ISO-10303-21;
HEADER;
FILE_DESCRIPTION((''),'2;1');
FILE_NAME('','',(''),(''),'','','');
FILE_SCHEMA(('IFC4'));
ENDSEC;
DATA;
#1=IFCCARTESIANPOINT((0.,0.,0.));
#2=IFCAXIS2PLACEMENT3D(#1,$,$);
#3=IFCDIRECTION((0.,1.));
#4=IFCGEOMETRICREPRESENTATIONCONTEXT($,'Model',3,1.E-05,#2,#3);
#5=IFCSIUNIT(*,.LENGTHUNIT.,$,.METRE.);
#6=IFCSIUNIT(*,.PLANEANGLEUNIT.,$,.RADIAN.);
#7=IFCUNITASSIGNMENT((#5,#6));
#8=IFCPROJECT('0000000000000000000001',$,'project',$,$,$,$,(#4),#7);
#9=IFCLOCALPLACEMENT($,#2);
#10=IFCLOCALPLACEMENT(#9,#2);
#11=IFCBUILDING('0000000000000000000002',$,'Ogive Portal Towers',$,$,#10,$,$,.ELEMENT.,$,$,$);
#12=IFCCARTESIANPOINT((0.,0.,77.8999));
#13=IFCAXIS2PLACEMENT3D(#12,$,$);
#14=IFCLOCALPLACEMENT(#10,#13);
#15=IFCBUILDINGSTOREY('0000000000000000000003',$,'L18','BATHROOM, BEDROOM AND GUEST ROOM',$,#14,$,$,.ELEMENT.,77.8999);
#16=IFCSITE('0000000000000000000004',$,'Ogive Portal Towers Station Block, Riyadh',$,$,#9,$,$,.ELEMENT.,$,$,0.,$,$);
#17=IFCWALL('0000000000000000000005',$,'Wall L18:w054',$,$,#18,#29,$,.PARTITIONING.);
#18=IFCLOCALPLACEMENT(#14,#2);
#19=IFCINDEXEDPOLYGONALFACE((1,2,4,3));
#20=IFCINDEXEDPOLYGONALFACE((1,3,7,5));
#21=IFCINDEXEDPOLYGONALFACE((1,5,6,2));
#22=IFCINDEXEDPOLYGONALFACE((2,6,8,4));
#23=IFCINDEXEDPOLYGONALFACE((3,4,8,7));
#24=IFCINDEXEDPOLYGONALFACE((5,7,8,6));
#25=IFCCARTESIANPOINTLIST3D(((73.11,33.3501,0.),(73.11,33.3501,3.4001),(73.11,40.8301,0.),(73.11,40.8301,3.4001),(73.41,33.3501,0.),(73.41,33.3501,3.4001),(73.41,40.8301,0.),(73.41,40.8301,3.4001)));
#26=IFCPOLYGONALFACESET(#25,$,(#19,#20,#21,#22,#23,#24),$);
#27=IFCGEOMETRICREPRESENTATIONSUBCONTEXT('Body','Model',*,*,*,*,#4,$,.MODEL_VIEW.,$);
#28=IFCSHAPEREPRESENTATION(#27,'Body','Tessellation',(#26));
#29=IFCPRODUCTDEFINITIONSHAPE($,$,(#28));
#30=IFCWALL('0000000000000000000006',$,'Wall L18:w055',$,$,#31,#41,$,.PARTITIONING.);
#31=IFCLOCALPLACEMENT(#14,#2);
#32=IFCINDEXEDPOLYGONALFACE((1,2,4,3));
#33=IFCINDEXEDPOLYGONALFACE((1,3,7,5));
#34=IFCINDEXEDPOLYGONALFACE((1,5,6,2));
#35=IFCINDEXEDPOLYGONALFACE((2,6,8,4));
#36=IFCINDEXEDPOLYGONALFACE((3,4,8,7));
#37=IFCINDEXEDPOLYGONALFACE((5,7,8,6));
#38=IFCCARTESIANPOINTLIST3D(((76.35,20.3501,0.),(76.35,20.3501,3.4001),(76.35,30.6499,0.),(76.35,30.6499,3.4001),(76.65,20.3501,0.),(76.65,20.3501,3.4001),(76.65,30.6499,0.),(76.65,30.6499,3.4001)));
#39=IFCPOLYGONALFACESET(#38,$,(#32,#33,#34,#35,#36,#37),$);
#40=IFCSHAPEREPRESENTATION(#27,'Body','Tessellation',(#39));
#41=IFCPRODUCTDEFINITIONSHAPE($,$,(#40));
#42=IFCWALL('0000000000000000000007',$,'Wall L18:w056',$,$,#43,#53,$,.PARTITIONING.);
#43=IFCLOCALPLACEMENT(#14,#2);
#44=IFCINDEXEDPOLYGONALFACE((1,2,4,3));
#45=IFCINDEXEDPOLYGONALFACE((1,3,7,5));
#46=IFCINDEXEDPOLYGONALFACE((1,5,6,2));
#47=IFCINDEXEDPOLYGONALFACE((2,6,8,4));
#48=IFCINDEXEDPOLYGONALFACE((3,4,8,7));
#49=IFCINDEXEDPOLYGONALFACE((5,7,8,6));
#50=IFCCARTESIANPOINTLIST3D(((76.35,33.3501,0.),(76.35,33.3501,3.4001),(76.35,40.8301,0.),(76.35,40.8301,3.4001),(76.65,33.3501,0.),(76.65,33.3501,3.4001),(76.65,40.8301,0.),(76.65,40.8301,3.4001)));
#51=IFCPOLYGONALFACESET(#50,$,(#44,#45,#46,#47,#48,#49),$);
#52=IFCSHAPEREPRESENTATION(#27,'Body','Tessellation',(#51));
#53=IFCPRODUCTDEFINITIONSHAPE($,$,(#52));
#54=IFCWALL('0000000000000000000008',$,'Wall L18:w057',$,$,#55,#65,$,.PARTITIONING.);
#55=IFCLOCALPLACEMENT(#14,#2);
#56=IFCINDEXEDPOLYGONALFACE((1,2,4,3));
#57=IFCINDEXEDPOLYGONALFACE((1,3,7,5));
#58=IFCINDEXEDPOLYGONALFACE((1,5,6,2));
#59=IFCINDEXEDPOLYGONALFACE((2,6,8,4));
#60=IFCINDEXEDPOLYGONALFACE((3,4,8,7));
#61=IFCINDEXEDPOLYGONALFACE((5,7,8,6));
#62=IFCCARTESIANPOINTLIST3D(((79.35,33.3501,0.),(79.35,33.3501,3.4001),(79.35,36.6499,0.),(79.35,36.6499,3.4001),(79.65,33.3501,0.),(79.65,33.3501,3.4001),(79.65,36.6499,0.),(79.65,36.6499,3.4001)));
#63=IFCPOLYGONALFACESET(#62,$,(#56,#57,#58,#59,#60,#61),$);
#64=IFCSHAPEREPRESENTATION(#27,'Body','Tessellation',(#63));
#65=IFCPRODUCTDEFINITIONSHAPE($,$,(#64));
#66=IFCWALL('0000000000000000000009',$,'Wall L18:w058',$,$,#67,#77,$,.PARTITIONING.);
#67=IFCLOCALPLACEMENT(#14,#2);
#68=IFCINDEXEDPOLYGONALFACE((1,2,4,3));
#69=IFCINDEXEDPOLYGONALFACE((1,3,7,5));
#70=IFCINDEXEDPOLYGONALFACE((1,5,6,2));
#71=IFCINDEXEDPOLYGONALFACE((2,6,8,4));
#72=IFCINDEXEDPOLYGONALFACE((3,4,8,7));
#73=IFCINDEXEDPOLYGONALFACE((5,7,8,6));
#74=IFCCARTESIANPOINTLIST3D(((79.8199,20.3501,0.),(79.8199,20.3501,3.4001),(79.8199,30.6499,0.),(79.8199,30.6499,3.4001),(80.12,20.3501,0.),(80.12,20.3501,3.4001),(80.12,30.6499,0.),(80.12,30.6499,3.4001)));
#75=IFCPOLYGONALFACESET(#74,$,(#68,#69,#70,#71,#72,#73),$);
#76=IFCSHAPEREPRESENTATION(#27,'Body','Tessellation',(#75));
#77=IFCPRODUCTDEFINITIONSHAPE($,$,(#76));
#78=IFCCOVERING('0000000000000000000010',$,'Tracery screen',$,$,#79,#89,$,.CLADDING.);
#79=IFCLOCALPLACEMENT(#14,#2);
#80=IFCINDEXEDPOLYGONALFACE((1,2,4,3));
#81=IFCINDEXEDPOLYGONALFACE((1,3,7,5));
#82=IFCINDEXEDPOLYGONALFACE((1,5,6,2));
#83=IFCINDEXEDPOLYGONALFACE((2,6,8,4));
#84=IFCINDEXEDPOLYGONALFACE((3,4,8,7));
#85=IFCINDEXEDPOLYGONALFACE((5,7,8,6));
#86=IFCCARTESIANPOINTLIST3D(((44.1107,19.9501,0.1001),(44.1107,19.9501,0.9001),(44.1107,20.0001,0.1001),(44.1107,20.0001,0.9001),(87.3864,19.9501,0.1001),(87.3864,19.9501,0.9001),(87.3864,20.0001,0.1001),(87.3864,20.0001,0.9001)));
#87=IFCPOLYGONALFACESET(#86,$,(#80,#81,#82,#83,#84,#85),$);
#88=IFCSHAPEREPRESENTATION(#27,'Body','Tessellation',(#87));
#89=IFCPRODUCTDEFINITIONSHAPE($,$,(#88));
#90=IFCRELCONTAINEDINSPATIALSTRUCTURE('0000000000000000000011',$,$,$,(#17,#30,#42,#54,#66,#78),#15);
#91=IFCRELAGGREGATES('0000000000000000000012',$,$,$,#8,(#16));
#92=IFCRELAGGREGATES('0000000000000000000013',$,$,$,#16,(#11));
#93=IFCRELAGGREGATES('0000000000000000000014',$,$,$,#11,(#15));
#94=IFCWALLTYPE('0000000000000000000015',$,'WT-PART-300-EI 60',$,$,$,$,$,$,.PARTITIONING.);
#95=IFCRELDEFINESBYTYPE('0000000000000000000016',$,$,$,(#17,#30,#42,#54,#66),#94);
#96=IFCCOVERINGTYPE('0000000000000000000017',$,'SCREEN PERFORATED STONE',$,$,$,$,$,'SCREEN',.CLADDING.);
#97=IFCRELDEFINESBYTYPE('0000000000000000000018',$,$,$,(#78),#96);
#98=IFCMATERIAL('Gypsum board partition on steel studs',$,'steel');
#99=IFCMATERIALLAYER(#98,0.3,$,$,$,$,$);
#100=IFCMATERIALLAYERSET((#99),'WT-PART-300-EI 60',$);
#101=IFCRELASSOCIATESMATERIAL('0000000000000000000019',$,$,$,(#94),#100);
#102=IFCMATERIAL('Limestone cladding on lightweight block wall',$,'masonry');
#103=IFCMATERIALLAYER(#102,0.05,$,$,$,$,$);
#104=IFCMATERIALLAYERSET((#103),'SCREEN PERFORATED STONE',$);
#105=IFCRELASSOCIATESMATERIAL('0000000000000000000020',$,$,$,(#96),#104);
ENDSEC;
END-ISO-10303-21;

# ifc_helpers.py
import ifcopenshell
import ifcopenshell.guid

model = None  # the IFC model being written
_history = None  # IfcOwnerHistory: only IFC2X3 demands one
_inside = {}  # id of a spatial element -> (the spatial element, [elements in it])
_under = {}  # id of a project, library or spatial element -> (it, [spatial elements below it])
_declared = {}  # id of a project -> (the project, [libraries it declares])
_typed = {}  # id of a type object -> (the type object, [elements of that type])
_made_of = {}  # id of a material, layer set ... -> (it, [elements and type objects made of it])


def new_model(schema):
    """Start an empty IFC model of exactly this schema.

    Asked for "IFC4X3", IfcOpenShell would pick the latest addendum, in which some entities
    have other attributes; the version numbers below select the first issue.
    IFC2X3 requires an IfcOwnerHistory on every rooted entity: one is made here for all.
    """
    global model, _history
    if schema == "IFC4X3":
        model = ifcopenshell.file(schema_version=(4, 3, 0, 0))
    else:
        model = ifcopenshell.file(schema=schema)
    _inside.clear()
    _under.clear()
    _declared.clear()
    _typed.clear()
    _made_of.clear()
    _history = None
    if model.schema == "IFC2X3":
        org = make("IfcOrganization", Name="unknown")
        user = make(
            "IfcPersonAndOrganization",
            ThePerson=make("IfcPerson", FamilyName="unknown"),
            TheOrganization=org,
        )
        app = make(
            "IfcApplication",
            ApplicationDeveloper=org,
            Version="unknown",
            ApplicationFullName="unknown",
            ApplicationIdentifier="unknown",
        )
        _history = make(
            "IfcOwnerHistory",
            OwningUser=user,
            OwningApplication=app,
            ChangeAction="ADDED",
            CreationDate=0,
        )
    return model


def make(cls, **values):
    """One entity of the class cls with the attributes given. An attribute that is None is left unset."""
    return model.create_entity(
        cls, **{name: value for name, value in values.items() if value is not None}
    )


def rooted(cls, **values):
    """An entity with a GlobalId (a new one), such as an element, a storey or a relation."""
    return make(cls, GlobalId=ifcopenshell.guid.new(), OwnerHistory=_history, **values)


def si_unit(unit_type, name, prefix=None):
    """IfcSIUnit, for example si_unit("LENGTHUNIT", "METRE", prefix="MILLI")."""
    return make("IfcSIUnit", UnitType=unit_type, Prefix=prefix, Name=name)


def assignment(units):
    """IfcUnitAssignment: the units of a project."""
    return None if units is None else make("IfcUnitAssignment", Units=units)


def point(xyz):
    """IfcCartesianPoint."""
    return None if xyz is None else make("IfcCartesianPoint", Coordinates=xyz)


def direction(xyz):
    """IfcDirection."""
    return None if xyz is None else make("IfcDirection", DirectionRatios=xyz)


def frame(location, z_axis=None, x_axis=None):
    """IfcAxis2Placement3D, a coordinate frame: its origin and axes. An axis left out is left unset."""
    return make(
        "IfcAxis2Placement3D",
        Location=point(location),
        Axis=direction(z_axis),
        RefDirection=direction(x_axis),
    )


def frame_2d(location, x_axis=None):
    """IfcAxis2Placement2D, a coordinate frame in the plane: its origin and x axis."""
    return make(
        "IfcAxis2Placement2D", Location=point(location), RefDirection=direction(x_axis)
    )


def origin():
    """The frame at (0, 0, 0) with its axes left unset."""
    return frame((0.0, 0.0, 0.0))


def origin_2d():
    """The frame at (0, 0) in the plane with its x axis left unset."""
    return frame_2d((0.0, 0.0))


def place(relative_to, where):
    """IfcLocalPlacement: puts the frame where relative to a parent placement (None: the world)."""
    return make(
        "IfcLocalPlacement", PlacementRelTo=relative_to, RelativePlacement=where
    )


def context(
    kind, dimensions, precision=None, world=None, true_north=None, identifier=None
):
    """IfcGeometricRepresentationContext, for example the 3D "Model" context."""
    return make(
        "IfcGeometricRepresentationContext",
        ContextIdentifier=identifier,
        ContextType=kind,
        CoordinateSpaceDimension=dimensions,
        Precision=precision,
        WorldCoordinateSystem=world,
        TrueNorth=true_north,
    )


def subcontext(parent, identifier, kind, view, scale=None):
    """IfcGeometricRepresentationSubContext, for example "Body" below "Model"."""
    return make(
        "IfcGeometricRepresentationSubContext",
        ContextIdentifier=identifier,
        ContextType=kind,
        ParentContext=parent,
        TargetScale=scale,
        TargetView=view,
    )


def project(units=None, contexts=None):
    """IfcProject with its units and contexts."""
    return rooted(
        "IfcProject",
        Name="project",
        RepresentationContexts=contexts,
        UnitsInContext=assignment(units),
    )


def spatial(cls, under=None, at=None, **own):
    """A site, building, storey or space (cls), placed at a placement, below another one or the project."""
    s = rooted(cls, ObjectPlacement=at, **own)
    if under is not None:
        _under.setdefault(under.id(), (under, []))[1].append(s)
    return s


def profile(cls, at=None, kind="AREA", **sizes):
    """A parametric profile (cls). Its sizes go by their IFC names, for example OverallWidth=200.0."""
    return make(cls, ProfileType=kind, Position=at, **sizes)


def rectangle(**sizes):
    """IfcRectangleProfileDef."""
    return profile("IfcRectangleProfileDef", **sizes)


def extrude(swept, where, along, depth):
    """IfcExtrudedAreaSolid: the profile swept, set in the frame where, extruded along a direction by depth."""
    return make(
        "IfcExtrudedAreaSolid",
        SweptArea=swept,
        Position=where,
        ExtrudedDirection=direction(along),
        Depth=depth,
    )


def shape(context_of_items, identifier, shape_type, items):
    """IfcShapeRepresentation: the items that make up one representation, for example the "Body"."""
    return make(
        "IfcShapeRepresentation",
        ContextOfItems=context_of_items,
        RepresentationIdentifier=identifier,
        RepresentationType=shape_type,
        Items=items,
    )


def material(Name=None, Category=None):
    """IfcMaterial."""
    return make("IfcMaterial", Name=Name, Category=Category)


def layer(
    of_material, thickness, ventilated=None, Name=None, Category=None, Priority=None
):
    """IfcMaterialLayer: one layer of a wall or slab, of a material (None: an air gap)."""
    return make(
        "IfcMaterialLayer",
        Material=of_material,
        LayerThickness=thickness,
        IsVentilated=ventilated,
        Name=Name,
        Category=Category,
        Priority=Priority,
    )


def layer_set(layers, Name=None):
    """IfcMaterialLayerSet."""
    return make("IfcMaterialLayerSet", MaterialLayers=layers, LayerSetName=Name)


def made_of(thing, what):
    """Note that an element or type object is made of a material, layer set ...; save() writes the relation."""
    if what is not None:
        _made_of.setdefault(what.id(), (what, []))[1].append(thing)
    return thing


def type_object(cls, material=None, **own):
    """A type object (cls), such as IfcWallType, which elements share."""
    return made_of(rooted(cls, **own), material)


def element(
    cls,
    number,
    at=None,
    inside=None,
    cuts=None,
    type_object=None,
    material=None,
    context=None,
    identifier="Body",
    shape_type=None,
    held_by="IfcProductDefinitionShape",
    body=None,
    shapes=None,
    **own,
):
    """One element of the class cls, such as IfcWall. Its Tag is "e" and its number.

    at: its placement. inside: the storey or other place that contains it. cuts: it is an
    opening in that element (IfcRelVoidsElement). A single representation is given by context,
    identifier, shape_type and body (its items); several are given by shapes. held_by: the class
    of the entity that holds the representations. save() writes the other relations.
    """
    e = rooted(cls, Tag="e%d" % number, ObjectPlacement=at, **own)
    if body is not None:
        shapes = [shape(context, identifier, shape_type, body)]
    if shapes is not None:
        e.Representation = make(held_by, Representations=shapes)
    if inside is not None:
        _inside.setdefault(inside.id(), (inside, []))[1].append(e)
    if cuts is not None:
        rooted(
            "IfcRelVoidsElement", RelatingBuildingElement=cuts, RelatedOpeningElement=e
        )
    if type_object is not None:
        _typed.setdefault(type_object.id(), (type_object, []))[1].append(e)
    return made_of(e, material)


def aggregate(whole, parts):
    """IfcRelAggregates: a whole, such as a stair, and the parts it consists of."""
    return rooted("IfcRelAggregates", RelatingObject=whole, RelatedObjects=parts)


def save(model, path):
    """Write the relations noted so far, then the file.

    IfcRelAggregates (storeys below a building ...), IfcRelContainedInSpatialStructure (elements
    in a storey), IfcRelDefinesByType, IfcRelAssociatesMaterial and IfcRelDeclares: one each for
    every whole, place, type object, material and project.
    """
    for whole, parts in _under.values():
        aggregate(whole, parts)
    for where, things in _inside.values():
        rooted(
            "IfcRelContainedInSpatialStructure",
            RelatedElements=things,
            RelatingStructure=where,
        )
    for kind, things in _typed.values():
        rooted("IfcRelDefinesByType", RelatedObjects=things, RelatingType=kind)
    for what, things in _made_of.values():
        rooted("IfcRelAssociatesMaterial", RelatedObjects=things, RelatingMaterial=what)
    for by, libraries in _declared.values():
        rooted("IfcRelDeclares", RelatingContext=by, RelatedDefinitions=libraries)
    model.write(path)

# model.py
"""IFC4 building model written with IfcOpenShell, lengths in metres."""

from ifc_helpers import new_model, si_unit, direction, frame, frame_2d, origin, origin_2d, place, context, subcontext, project, spatial, rectangle, extrude, material, layer, layer_set, type_object, element, save


model = new_model("IFC4")

# Units and contexts
model_context = context("Model", 3, precision=1e-05, world=origin(), true_north=direction((0.0, 1.0)))
body_context = subcontext(model_context, "Body", "Model", "MODEL_VIEW")
ifc_project = project(units=[si_unit("LENGTHUNIT", "METRE"), si_unit("PLANEANGLEUNIT", "RADIAN")], contexts=[model_context])

# Site, building, storey
site_placement = place(None, origin())
site = spatial("IfcSite", under=ifc_project, at=site_placement, Name="Ogive Portal Towers Station Block, Riyadh", CompositionType="ELEMENT", RefElevation=0.0)
building_placement = place(site_placement, origin())
building = spatial("IfcBuilding", under=site, at=building_placement, Name="Ogive Portal Towers", CompositionType="ELEMENT")
storey_placement = place(building_placement, frame((0.0, 0.0, 77.8999)))
storey = spatial("IfcBuildingStorey", under=building, at=storey_placement, Name="L18", Description="BATHROOM, BEDROOM AND GUEST ROOM", CompositionType="ELEMENT", Elevation=77.8999)

# Shared definitions
ifc_material_1 = material(Name="Gypsum board partition on steel studs", Category="steel")
ifc_layer_1 = layer(ifc_material_1, 0.3)
ifc_layer_set_1 = layer_set([ifc_layer_1], Name="WT-PART-300-EI 60")
wall_type = type_object("IfcWallType", Name="WT-PART-300-EI 60", PredefinedType="PARTITIONING", material=ifc_layer_set_1)

# Walls
wall_1_placement = place(storey_placement, frame((73.26, 33.3501, 0.0), z_axis=(0.0, 0.0, 1.0), x_axis=(0.0, 1.0, 0.0)))
element("IfcWall", 1, at=wall_1_placement, inside=storey, type_object=wall_type, Name="Wall L18:w054", PredefinedType="PARTITIONING", context=body_context, shape_type="SweptSolid", body=[
    extrude(rectangle(XDim=7.48, YDim=0.3, at=frame_2d((3.74, 0.0))), origin(), (0.0, 0.0, 1.0), 3.4001),
])
wall_2_placement = place(storey_placement, frame((76.5, 20.3501, 0.0), z_axis=(0.0, 0.0, 1.0), x_axis=(0.0, 1.0, 0.0)))
element("IfcWall", 2, at=wall_2_placement, inside=storey, type_object=wall_type, Name="Wall L18:w055", PredefinedType="PARTITIONING", context=body_context, shape_type="SweptSolid", body=[
    extrude(rectangle(XDim=10.2998, YDim=0.3, at=frame_2d((5.1499, 0.0))), origin(), (0.0, 0.0, 1.0), 3.4001),
])
wall_3_placement = place(storey_placement, frame((76.5, 33.3501, 0.0), z_axis=(0.0, 0.0, 1.0), x_axis=(0.0, 1.0, 0.0)))
element("IfcWall", 3, at=wall_3_placement, inside=storey, type_object=wall_type, Name="Wall L18:w056", PredefinedType="PARTITIONING", context=body_context, shape_type="SweptSolid", body=[
    extrude(rectangle(XDim=7.48, YDim=0.3, at=frame_2d((3.74, 0.0))), origin(), (0.0, 0.0, 1.0), 3.4001),
])
wall_4_placement = place(storey_placement, frame((79.5, 33.3501, 0.0), z_axis=(0.0, 0.0, 1.0), x_axis=(0.0, 1.0, 0.0)))
element("IfcWall", 4, at=wall_4_placement, inside=storey, type_object=wall_type, Name="Wall L18:w057", PredefinedType="PARTITIONING", context=body_context, shape_type="SweptSolid", body=[
    extrude(rectangle(XDim=3.2998, YDim=0.3, at=frame_2d((1.6499, 0.0))), origin(), (0.0, 0.0, 1.0), 3.4001),
])
wall_5_placement = place(storey_placement, frame((79.97, 20.3501, 0.0), z_axis=(0.0, 0.0, 1.0), x_axis=(0.0, 1.0, 0.0)))
element("IfcWall", 5, at=wall_5_placement, inside=storey, type_object=wall_type, Name="Wall L18:w058", PredefinedType="PARTITIONING", context=body_context, shape_type="SweptSolid", body=[
    extrude(rectangle(XDim=10.2998, YDim=0.3, at=frame_2d((5.1499, 0.0))), origin(), (0.0, 0.0, 1.0), 3.4001),
])

# Covering
ifc_material_2 = material(Name="Limestone cladding on lightweight block wall", Category="masonry")
ifc_layer_2 = layer(ifc_material_2, 0.05)
ifc_layer_set_2 = layer_set([ifc_layer_2], Name="SCREEN PERFORATED STONE")
covering_type = type_object("IfcCoveringType", Name="SCREEN PERFORATED STONE", ElementType="SCREEN", PredefinedType="CLADDING", material=ifc_layer_set_2)
covering_placement = place(storey_placement, frame((65.7485, 19.9751, 0.1001), z_axis=(0.0, 0.0, 1.0), x_axis=(1.0, 0.0, 0.0)))
element("IfcCovering", 6, at=covering_placement, inside=storey, type_object=covering_type, Name="Tracery screen", PredefinedType="CLADDING", context=body_context, shape_type="SweptSolid", body=[
    extrude(rectangle(XDim=43.2756, YDim=0.05, at=origin_2d()), origin(), (0.0, 0.0, 1.0), 0.8),
])

save(model, "model.ifc")
